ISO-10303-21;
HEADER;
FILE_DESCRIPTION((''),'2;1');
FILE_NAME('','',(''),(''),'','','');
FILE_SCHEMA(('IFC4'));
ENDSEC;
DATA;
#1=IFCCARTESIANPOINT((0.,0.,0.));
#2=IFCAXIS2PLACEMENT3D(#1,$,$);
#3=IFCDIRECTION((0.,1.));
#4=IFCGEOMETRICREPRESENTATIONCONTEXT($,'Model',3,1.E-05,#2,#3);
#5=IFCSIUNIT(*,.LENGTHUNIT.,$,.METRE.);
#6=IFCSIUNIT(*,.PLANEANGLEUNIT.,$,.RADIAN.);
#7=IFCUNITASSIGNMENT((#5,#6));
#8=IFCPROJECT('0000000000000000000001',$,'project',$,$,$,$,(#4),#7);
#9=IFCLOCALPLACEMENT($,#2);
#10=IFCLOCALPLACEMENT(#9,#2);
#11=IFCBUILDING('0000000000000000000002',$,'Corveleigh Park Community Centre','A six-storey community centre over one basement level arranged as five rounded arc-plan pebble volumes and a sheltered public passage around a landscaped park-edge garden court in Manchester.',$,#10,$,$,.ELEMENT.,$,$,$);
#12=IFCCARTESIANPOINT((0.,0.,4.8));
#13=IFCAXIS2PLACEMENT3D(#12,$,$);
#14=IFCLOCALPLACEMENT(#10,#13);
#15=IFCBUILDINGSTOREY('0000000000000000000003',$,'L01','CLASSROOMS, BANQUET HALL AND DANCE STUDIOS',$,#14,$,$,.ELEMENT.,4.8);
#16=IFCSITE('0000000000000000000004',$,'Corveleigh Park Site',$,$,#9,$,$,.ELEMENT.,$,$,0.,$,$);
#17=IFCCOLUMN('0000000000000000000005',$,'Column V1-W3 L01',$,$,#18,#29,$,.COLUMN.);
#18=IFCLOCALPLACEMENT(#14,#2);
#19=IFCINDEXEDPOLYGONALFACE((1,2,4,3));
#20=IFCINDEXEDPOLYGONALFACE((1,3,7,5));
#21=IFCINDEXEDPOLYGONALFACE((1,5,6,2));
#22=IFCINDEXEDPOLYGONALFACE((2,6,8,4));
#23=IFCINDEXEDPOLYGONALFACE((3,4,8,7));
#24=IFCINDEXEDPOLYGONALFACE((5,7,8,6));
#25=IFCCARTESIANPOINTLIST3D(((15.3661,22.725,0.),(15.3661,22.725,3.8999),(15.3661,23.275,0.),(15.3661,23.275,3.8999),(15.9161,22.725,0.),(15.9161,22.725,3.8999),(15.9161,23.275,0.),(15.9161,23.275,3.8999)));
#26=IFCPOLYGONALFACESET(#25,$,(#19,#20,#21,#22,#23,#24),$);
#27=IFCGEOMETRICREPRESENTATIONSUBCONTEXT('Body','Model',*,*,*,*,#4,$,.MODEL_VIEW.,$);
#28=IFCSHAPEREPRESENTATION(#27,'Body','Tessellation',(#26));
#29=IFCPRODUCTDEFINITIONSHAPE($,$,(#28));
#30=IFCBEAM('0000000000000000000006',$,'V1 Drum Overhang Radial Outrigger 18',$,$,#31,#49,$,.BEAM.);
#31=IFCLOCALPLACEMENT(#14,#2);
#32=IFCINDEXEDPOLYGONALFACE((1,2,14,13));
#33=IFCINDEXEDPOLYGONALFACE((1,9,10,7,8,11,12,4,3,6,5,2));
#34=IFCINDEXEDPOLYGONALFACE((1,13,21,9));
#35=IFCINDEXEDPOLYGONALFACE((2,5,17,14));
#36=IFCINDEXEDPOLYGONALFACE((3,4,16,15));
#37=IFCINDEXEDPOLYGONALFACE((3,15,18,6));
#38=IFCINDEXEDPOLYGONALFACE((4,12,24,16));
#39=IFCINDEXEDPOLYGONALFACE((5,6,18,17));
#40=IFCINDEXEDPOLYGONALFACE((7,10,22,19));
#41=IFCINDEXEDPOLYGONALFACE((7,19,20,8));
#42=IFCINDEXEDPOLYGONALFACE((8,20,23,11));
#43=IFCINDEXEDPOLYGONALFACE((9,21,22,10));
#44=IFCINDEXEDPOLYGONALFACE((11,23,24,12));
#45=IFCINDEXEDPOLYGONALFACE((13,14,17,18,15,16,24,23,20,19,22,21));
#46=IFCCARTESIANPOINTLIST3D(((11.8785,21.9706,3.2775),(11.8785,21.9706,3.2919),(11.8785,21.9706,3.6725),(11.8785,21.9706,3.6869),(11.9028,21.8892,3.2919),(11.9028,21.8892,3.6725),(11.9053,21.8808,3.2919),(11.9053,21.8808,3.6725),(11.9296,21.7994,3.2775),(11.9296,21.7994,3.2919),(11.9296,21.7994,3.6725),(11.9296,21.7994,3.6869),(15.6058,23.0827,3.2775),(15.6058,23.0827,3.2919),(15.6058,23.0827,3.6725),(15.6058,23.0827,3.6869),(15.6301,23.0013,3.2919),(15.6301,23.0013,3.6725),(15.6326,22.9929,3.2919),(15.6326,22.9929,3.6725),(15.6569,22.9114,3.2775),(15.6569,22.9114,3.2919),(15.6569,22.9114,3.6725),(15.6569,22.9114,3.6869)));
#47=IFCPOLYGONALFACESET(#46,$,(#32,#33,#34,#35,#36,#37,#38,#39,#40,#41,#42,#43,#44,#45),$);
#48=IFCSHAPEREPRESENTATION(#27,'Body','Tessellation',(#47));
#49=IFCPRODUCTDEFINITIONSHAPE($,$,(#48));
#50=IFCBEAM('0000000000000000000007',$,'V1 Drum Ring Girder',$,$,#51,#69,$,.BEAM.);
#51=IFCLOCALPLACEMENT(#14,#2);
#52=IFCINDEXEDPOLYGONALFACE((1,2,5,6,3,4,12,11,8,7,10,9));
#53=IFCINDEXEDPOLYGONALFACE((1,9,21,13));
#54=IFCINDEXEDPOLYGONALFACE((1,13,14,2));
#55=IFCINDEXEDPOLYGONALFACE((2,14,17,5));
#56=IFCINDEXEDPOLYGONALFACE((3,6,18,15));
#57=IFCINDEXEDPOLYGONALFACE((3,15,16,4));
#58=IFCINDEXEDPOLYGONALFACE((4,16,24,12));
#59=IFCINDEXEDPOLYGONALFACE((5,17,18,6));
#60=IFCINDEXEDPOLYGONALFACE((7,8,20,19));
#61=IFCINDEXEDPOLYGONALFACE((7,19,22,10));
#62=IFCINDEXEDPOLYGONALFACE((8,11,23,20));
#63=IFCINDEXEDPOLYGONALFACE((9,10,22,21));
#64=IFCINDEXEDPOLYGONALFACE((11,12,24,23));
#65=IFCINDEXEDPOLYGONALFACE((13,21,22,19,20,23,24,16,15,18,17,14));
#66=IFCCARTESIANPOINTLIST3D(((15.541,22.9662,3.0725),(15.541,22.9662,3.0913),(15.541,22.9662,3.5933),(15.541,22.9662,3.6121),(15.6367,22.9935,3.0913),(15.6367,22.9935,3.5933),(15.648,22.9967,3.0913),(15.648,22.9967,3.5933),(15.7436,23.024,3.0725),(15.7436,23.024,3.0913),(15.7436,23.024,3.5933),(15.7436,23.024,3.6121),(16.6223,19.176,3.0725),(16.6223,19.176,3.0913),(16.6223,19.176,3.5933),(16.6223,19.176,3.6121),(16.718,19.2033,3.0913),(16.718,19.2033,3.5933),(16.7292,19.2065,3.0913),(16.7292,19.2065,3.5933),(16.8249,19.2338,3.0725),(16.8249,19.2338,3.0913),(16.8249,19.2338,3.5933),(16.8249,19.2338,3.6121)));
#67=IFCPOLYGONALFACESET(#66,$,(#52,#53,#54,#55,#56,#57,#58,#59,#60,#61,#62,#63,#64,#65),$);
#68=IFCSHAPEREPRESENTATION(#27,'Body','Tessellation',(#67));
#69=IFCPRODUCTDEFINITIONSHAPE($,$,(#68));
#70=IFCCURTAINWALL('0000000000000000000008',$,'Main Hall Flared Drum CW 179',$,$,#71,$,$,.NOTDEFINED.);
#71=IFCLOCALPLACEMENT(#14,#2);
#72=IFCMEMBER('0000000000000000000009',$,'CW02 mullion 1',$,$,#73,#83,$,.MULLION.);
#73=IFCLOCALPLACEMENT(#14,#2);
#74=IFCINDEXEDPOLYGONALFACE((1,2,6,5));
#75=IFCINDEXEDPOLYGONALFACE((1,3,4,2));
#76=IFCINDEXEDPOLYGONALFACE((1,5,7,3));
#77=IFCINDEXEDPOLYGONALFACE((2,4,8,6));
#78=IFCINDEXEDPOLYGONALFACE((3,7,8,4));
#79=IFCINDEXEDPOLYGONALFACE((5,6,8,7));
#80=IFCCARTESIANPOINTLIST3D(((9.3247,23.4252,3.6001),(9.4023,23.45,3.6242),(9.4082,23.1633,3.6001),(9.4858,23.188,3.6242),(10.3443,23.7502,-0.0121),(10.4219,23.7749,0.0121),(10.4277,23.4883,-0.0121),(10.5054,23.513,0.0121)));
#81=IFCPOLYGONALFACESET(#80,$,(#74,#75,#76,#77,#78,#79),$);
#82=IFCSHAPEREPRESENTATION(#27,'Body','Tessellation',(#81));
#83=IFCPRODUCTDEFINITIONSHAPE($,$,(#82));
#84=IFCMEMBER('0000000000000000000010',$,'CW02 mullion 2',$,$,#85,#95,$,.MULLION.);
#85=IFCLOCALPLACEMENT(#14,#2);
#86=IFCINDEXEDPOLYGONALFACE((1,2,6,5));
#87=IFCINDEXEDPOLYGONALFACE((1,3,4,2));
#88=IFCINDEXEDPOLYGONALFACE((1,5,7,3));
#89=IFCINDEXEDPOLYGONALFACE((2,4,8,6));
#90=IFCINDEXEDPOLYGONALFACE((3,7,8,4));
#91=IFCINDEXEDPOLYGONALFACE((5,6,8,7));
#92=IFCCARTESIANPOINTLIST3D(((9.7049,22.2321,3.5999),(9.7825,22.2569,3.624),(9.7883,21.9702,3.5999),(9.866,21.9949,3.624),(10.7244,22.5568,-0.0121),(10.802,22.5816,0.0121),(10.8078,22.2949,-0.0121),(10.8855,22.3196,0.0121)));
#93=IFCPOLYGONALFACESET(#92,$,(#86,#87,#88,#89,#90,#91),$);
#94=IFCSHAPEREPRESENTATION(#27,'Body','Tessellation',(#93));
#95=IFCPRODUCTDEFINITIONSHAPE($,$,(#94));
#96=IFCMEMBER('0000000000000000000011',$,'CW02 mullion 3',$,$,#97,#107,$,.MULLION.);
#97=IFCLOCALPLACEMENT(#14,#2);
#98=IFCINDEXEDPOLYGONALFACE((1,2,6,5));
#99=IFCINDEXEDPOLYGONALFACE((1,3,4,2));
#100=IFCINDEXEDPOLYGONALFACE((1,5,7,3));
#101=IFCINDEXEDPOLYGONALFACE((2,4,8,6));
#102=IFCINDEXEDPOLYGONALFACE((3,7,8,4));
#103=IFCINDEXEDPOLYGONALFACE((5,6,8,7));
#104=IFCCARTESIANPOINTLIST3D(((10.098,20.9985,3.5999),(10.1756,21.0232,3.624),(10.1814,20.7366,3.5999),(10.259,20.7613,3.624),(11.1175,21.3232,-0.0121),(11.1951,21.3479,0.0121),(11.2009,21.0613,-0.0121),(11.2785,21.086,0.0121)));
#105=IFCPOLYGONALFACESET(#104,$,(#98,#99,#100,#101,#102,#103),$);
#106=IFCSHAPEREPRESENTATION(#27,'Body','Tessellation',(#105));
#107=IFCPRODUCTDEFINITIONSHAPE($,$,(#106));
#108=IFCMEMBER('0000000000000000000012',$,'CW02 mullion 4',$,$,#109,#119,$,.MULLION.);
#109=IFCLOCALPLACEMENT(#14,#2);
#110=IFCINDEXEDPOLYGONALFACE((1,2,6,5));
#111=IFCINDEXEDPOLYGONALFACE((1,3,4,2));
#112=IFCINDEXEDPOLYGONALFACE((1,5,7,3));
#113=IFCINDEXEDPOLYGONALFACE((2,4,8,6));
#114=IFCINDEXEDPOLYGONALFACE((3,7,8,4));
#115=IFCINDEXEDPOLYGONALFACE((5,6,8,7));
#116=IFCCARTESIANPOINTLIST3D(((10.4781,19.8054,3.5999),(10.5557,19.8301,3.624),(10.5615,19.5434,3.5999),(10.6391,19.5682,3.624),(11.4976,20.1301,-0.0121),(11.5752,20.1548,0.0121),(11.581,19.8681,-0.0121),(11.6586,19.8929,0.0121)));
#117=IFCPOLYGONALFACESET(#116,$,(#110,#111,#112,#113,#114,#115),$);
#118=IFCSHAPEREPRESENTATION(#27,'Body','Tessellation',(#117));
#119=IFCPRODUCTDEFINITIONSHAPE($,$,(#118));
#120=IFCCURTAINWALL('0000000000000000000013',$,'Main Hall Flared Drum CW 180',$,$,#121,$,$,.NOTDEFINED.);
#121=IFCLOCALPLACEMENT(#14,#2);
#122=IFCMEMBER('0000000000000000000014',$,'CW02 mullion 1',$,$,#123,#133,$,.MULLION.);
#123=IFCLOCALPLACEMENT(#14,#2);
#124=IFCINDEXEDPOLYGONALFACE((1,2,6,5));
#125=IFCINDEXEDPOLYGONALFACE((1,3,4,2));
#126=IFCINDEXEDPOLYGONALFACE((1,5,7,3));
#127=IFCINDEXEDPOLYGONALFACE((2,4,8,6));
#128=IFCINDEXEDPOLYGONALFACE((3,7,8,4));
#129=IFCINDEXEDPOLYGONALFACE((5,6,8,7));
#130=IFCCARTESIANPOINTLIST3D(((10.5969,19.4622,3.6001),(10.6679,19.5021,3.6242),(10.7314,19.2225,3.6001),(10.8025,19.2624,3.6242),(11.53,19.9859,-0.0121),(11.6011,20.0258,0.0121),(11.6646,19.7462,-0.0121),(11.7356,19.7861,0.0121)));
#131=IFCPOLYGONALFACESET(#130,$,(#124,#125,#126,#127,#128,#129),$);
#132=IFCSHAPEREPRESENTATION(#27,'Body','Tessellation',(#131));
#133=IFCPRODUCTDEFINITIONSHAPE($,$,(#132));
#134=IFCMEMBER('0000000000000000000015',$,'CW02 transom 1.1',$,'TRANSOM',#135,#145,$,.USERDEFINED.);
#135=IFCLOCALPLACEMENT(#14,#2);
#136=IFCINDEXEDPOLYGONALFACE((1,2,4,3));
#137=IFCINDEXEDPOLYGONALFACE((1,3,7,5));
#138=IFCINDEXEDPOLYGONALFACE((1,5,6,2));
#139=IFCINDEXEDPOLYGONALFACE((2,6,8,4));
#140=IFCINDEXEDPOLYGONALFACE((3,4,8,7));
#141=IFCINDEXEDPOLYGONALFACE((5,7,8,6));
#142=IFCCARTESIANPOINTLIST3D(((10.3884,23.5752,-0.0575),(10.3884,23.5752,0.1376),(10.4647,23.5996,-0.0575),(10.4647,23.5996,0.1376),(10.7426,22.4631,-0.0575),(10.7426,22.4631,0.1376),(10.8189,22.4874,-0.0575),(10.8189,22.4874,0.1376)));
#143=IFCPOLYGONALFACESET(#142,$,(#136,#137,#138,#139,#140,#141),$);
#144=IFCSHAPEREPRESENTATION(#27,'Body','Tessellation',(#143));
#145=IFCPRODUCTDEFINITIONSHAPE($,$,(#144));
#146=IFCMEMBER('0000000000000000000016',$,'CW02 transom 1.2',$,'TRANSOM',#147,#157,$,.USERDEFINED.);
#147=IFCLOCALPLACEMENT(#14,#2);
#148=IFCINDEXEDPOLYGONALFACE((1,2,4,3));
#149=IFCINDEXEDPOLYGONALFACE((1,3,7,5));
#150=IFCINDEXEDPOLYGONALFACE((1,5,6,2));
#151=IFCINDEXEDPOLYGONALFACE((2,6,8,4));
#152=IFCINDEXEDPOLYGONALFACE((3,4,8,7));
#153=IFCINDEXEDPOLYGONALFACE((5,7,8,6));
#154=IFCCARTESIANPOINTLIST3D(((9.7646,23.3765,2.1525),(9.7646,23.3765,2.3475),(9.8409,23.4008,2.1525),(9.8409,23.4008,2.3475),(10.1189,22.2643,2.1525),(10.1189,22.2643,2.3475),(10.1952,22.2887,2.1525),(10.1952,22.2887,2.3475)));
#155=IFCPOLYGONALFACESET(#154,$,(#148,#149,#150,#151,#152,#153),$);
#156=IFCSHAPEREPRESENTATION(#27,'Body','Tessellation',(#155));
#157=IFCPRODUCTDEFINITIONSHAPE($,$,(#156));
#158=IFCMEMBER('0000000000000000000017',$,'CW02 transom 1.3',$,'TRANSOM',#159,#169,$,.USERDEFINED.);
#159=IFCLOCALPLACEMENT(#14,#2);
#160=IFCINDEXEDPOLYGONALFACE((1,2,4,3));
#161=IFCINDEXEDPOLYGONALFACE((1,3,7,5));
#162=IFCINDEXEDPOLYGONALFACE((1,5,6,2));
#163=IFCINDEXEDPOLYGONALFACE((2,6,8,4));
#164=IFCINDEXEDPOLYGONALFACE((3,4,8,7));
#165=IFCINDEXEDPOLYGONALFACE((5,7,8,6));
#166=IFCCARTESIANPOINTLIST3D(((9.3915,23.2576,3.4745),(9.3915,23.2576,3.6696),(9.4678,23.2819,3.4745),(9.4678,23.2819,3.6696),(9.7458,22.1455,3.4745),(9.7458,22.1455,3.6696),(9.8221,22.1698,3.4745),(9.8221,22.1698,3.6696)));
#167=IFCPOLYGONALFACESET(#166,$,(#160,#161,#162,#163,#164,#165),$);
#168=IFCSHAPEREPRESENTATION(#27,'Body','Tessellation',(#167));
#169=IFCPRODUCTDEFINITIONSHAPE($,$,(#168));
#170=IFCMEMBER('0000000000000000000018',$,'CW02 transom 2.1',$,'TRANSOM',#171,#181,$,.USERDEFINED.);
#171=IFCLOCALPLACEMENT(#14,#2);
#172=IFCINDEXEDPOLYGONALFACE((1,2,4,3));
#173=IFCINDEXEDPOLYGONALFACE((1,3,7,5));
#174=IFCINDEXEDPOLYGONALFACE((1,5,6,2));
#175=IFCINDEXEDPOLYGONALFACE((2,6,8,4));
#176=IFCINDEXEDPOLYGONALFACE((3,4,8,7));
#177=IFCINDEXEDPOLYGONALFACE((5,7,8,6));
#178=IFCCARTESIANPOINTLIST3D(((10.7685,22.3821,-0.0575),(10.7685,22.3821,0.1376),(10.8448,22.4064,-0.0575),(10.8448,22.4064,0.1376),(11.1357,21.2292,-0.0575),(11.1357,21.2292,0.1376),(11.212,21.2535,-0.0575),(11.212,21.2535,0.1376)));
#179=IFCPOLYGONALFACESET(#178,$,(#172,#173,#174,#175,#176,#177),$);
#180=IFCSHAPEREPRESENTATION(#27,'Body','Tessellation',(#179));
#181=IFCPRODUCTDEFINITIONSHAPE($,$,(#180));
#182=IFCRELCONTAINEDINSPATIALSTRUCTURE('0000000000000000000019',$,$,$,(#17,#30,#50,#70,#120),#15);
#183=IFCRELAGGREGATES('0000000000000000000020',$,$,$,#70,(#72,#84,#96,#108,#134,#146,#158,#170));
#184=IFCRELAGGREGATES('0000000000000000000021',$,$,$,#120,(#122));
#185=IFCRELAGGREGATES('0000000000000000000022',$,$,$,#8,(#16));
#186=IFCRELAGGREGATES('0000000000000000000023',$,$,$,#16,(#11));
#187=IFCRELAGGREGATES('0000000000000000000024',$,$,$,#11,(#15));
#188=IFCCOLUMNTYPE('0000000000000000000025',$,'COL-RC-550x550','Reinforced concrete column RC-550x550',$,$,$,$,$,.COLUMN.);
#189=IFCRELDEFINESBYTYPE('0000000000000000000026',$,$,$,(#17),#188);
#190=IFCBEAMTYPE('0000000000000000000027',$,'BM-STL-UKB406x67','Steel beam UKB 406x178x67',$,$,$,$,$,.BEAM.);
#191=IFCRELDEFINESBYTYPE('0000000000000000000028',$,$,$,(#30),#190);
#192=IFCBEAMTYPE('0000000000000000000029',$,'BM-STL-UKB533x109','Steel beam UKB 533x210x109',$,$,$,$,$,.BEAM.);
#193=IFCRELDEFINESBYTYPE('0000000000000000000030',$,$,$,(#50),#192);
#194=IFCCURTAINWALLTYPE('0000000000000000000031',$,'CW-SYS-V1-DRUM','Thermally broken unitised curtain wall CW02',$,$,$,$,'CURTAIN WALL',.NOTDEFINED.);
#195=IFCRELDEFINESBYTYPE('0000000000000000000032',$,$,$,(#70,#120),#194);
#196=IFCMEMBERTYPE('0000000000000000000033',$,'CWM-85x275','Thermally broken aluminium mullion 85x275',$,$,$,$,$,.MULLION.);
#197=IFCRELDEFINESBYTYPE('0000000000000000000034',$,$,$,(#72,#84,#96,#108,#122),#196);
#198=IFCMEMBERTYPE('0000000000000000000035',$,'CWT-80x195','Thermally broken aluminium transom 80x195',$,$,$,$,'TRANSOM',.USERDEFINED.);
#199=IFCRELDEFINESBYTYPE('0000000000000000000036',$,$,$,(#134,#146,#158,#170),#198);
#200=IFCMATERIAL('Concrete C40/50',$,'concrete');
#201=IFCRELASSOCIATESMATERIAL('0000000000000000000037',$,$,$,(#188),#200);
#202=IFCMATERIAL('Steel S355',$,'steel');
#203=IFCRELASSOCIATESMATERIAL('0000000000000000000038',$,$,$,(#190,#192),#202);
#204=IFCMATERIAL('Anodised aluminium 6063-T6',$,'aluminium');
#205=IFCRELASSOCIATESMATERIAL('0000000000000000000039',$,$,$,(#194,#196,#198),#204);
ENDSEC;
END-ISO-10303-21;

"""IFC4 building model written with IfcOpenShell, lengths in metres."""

from ifc_helpers import new_model, si_unit, direction, frame, origin, origin_2d, place, context, subcontext, project, spatial, rectangle, i_section, extrude, material, material_profile, profile_set, type_object, element, aggregate, save


model = new_model("IFC4")

# Units and contexts
model_context = context("Model", 3, precision=1e-05, world=origin(), true_north=direction((0.0, 1.0)))
body_context = subcontext(model_context, "Body", "Model", "MODEL_VIEW")
ifc_project = project(units=[si_unit("LENGTHUNIT", "METRE"), si_unit("PLANEANGLEUNIT", "RADIAN")], contexts=[model_context])

# Site, building, storey
site_placement = place(None, origin())
site = spatial("IfcSite", under=ifc_project, at=site_placement, Name="Corveleigh Park Site", CompositionType="ELEMENT", RefElevation=0.0)
building_placement = place(site_placement, origin())
building = spatial("IfcBuilding", under=site, at=building_placement, Name="Corveleigh Park Community Centre", Description="A six-storey community centre over one basement level arranged as five rounded arc-plan pebble volumes and a sheltered public passage around a landscaped park-edge garden court in Manchester.", CompositionType="ELEMENT")
storey_placement = place(building_placement, frame((0.0, 0.0, 4.8)))
storey = spatial("IfcBuildingStorey", under=building, at=storey_placement, Name="L01", Description="CLASSROOMS, BANQUET HALL AND DANCE STUDIOS", CompositionType="ELEMENT", Elevation=4.8)

# Column
ifc_material_1 = material(Name="Concrete C40/50", Category="concrete")
ifc_material_profile_1 = material_profile(ifc_material_1, rectangle(XDim=0.55, YDim=0.55, at=origin_2d()), Name="RC-550x550", Category="concrete")
ifc_profile_set_1 = profile_set([ifc_material_profile_1], Name="Concrete C40/50")
column_type = type_object("IfcColumnType", Name="COL-RC-550x550", Description="Reinforced concrete column RC-550x550", PredefinedType="COLUMN", material=ifc_profile_set_1)
column_placement = place(storey_placement, frame((15.6411, 23.0, 0.0), z_axis=(0.0, 0.0, 1.0), x_axis=(1.0, 0.0, 0.0)))
element("IfcColumn", 1, at=column_placement, inside=storey, type_object=column_type, Name="Column V1-W3 L01", PredefinedType="COLUMN", context=body_context, shape_type="SweptSolid", body=[
    extrude(rectangle(XDim=0.55, YDim=0.55, at=origin_2d()), origin(), (0.0, 0.0, 1.0), 3.8999),
])

# Beams
ifc_material_2 = material(Name="Steel S355", Category="steel")
ifc_material_profile_2 = material_profile(ifc_material_2, i_section(OverallWidth=0.1787, OverallDepth=0.4094, WebThickness=0.0088, FlangeThickness=0.0144, at=origin_2d()), Name="UKB 406x178x67", Category="steel")
ifc_profile_set_2 = profile_set([ifc_material_profile_2], Name="Steel S355")
beam_type_1 = type_object("IfcBeamType", Name="BM-STL-UKB406x67", Description="Steel beam UKB 406x178x67", PredefinedType="BEAM", material=ifc_profile_set_2)
beam_1_placement = place(storey_placement, frame((15.6313, 22.9971, 3.4822), z_axis=(-0.958259, -0.285902, 0.0), x_axis=(0.285902, -0.958259, 0.0)))
element("IfcBeam", 2, at=beam_1_placement, inside=storey, type_object=beam_type_1, Name="V1 Drum Overhang Radial Outrigger 18", PredefinedType="BEAM", context=body_context, shape_type="SweptSolid", body=[
    extrude(i_section(OverallWidth=0.1787, OverallDepth=0.4094, WebThickness=0.0088, FlangeThickness=0.0144, at=origin_2d()), origin(), (0.0, 0.0, 1.0), 3.8896),
])
ifc_material_profile_3 = material_profile(ifc_material_2, i_section(OverallWidth=0.2107, OverallDepth=0.5396, WebThickness=0.0117, FlangeThickness=0.0188, at=origin_2d()), Name="UKB 533x210x109", Category="steel")
ifc_profile_set_3 = profile_set([ifc_material_profile_3], Name="Steel S355")
beam_type_2 = type_object("IfcBeamType", Name="BM-STL-UKB533x109", Description="Steel beam UKB 533x210x109", PredefinedType="BEAM", material=ifc_profile_set_3)
beam_2_placement = place(storey_placement, frame((15.6423, 22.9951, 3.3423), z_axis=(0.274337, -0.961634, 0.0), x_axis=(0.961634, 0.274337, 0.0)))
element("IfcBeam", 3, at=beam_2_placement, inside=storey, type_object=beam_type_2, Name="V1 Drum Ring Girder", PredefinedType="BEAM", context=body_context, shape_type="SweptSolid", body=[
    extrude(i_section(OverallWidth=0.2107, OverallDepth=0.5396, WebThickness=0.0117, FlangeThickness=0.0188, at=origin_2d()), origin(), (0.0, 0.0, 1.0), 3.9414),
])

# Curtain wall, members
ifc_material_3 = material(Name="Anodised aluminium 6063-T6", Category="aluminium")
curtain_wall_type = type_object("IfcCurtainWallType", Name="CW-SYS-V1-DRUM", Description="Thermally broken unitised curtain wall CW02", ElementType="CURTAIN WALL", PredefinedType="NOTDEFINED", material=ifc_material_3)
curtain_wall_1_placement = place(storey_placement, origin())
curtain_wall_1 = element("IfcCurtainWall", 4, at=curtain_wall_1_placement, inside=storey, type_object=curtain_wall_type, Name="Main Hall Flared Drum CW 179", PredefinedType="NOTDEFINED")
ifc_material_profile_4 = material_profile(ifc_material_3, rectangle(XDim=0.085, YDim=0.2749, at=origin_2d()), Name="ALU-M85x275", Category="aluminium")
ifc_profile_set_4 = profile_set([ifc_material_profile_4], Name="Anodised aluminium 6063-T6")
member_type_1 = type_object("IfcMemberType", Name="CWM-85x275", Description="Thermally broken aluminium mullion 85x275", PredefinedType="MULLION", material=ifc_profile_set_4)
member_1_placement = place(storey_placement, frame((10.4248, 23.6316, 0.0), z_axis=(-0.270632, -0.086257, 0.958811), x_axis=(0.913532, 0.291166, 0.284045)))
member_1 = element("IfcMember", 5, at=member_1_placement, type_object=member_type_1, Name="CW02 mullion 1", PredefinedType="MULLION", context=body_context, shape_type="SweptSolid", body=[
    extrude(rectangle(XDim=0.085, YDim=0.2749, at=origin_2d()), origin(), (0.0, 0.0, 1.0), 3.7673),
])
member_2_placement = place(storey_placement, frame((10.8049, 22.4382, 0.0), z_axis=(-0.270633, -0.086193, 0.958816), x_axis=(0.9136, 0.290969, 0.284027)))
member_2 = element("IfcMember", 6, at=member_2_placement, type_object=member_type_1, Name="CW02 mullion 2", PredefinedType="MULLION", context=body_context, shape_type="SweptSolid", body=[
    extrude(rectangle(XDim=0.085, YDim=0.2749, at=origin_2d()), origin(), (0.0, 0.0, 1.0), 3.7671),
])
member_3_placement = place(storey_placement, frame((11.198, 21.2046, 0.0), z_axis=(-0.270633, -0.086193, 0.958816), x_axis=(0.9136, 0.290969, 0.284027)))
member_3 = element("IfcMember", 7, at=member_3_placement, type_object=member_type_1, Name="CW02 mullion 3", PredefinedType="MULLION", context=body_context, shape_type="SweptSolid", body=[
    extrude(rectangle(XDim=0.085, YDim=0.2749, at=origin_2d()), origin(), (0.0, 0.0, 1.0), 3.7671),
])
member_4_placement = place(storey_placement, frame((11.5781, 20.0115, 0.0), z_axis=(-0.270633, -0.086193, 0.958816), x_axis=(0.9136, 0.290969, 0.284027)))
member_4 = element("IfcMember", 8, at=member_4_placement, type_object=member_type_1, Name="CW02 mullion 4", PredefinedType="MULLION", context=body_context, shape_type="SweptSolid", body=[
    extrude(rectangle(XDim=0.085, YDim=0.2749, at=origin_2d()), origin(), (0.0, 0.0, 1.0), 3.7671),
])

# Curtain wall, member
curtain_wall_2_placement = place(storey_placement, origin())
curtain_wall_2 = element("IfcCurtainWall", 9, at=curtain_wall_2_placement, inside=storey, type_object=curtain_wall_type, Name="Main Hall Flared Drum CW 180", PredefinedType="NOTDEFINED")
member_5_placement = place(storey_placement, frame((11.6328, 19.886, 0.0), z_axis=(-0.247691, -0.13901, 0.958815), x_axis=(0.836135, 0.469259, 0.284033)))
member_5 = element("IfcMember", 10, at=member_5_placement, type_object=member_type_1, Name="CW02 mullion 1", PredefinedType="MULLION", context=body_context, shape_type="SweptSolid", body=[
    extrude(rectangle(XDim=0.085, YDim=0.2749, at=origin_2d()), origin(), (0.0, 0.0, 1.0), 3.7673),
])

# Members
ifc_material_profile_5 = material_profile(ifc_material_3, rectangle(XDim=0.0801, YDim=0.1951, at=origin_2d()), Name="ALU-T80x195", Category="aluminium")
ifc_profile_set_5 = profile_set([ifc_material_profile_5], Name="Anodised aluminium 6063-T6")
member_type_2 = type_object("IfcMemberType", Name="CWT-80x195", Description="Thermally broken aluminium transom 80x195", ElementType="TRANSOM", PredefinedType="USERDEFINED", material=ifc_profile_set_5)
member_6_placement = place(storey_placement, frame((10.4265, 23.5874, 0.04), z_axis=(0.303523, -0.952824, 0.0), x_axis=(0.952824, 0.303523, 0.0)))
member_6 = element("IfcMember", 11, at=member_6_placement, type_object=member_type_2, Name="CW02 transom 1.1", ObjectType="TRANSOM", PredefinedType="USERDEFINED", context=body_context, shape_type="SweptSolid", body=[
    extrude(rectangle(XDim=0.0801, YDim=0.1951, at=origin_2d()), origin(), (0.0, 0.0, 1.0), 1.1672),
])
member_7_placement = place(storey_placement, frame((9.8027, 23.3887, 2.25), z_axis=(0.303523, -0.952824, 0.0), x_axis=(0.952824, 0.303523, 0.0)))
member_7 = element("IfcMember", 12, at=member_7_placement, type_object=member_type_2, Name="CW02 transom 1.2", ObjectType="TRANSOM", PredefinedType="USERDEFINED", context=body_context, shape_type="SweptSolid", body=[
    extrude(rectangle(XDim=0.0801, YDim=0.1951, at=origin_2d()), origin(), (0.0, 0.0, 1.0), 1.1672),
])
member_8_placement = place(storey_placement, frame((9.4297, 23.2698, 3.572), z_axis=(0.303523, -0.952824, 0.0), x_axis=(0.952824, 0.303523, 0.0)))
member_8 = element("IfcMember", 13, at=member_8_placement, type_object=member_type_2, Name="CW02 transom 1.3", ObjectType="TRANSOM", PredefinedType="USERDEFINED", context=body_context, shape_type="SweptSolid", body=[
    extrude(rectangle(XDim=0.0801, YDim=0.1951, at=origin_2d()), origin(), (0.0, 0.0, 1.0), 1.1672),
])
member_9_placement = place(storey_placement, frame((10.8066, 22.3943, 0.04), z_axis=(0.303487, -0.952836, 0.0), x_axis=(0.952836, 0.303487, 0.0)))
member_9 = element("IfcMember", 14, at=member_9_placement, type_object=member_type_2, Name="CW02 transom 2.1", ObjectType="TRANSOM", PredefinedType="USERDEFINED", context=body_context, shape_type="SweptSolid", body=[
    extrude(rectangle(XDim=0.0801, YDim=0.1951, at=origin_2d()), origin(), (0.0, 0.0, 1.0), 1.21),
])

aggregate(curtain_wall_1, [member_1, member_2, member_3, member_4, member_6, member_7, member_8, member_9])
aggregate(curtain_wall_2, [member_5])

save(model, "model.ifc")
